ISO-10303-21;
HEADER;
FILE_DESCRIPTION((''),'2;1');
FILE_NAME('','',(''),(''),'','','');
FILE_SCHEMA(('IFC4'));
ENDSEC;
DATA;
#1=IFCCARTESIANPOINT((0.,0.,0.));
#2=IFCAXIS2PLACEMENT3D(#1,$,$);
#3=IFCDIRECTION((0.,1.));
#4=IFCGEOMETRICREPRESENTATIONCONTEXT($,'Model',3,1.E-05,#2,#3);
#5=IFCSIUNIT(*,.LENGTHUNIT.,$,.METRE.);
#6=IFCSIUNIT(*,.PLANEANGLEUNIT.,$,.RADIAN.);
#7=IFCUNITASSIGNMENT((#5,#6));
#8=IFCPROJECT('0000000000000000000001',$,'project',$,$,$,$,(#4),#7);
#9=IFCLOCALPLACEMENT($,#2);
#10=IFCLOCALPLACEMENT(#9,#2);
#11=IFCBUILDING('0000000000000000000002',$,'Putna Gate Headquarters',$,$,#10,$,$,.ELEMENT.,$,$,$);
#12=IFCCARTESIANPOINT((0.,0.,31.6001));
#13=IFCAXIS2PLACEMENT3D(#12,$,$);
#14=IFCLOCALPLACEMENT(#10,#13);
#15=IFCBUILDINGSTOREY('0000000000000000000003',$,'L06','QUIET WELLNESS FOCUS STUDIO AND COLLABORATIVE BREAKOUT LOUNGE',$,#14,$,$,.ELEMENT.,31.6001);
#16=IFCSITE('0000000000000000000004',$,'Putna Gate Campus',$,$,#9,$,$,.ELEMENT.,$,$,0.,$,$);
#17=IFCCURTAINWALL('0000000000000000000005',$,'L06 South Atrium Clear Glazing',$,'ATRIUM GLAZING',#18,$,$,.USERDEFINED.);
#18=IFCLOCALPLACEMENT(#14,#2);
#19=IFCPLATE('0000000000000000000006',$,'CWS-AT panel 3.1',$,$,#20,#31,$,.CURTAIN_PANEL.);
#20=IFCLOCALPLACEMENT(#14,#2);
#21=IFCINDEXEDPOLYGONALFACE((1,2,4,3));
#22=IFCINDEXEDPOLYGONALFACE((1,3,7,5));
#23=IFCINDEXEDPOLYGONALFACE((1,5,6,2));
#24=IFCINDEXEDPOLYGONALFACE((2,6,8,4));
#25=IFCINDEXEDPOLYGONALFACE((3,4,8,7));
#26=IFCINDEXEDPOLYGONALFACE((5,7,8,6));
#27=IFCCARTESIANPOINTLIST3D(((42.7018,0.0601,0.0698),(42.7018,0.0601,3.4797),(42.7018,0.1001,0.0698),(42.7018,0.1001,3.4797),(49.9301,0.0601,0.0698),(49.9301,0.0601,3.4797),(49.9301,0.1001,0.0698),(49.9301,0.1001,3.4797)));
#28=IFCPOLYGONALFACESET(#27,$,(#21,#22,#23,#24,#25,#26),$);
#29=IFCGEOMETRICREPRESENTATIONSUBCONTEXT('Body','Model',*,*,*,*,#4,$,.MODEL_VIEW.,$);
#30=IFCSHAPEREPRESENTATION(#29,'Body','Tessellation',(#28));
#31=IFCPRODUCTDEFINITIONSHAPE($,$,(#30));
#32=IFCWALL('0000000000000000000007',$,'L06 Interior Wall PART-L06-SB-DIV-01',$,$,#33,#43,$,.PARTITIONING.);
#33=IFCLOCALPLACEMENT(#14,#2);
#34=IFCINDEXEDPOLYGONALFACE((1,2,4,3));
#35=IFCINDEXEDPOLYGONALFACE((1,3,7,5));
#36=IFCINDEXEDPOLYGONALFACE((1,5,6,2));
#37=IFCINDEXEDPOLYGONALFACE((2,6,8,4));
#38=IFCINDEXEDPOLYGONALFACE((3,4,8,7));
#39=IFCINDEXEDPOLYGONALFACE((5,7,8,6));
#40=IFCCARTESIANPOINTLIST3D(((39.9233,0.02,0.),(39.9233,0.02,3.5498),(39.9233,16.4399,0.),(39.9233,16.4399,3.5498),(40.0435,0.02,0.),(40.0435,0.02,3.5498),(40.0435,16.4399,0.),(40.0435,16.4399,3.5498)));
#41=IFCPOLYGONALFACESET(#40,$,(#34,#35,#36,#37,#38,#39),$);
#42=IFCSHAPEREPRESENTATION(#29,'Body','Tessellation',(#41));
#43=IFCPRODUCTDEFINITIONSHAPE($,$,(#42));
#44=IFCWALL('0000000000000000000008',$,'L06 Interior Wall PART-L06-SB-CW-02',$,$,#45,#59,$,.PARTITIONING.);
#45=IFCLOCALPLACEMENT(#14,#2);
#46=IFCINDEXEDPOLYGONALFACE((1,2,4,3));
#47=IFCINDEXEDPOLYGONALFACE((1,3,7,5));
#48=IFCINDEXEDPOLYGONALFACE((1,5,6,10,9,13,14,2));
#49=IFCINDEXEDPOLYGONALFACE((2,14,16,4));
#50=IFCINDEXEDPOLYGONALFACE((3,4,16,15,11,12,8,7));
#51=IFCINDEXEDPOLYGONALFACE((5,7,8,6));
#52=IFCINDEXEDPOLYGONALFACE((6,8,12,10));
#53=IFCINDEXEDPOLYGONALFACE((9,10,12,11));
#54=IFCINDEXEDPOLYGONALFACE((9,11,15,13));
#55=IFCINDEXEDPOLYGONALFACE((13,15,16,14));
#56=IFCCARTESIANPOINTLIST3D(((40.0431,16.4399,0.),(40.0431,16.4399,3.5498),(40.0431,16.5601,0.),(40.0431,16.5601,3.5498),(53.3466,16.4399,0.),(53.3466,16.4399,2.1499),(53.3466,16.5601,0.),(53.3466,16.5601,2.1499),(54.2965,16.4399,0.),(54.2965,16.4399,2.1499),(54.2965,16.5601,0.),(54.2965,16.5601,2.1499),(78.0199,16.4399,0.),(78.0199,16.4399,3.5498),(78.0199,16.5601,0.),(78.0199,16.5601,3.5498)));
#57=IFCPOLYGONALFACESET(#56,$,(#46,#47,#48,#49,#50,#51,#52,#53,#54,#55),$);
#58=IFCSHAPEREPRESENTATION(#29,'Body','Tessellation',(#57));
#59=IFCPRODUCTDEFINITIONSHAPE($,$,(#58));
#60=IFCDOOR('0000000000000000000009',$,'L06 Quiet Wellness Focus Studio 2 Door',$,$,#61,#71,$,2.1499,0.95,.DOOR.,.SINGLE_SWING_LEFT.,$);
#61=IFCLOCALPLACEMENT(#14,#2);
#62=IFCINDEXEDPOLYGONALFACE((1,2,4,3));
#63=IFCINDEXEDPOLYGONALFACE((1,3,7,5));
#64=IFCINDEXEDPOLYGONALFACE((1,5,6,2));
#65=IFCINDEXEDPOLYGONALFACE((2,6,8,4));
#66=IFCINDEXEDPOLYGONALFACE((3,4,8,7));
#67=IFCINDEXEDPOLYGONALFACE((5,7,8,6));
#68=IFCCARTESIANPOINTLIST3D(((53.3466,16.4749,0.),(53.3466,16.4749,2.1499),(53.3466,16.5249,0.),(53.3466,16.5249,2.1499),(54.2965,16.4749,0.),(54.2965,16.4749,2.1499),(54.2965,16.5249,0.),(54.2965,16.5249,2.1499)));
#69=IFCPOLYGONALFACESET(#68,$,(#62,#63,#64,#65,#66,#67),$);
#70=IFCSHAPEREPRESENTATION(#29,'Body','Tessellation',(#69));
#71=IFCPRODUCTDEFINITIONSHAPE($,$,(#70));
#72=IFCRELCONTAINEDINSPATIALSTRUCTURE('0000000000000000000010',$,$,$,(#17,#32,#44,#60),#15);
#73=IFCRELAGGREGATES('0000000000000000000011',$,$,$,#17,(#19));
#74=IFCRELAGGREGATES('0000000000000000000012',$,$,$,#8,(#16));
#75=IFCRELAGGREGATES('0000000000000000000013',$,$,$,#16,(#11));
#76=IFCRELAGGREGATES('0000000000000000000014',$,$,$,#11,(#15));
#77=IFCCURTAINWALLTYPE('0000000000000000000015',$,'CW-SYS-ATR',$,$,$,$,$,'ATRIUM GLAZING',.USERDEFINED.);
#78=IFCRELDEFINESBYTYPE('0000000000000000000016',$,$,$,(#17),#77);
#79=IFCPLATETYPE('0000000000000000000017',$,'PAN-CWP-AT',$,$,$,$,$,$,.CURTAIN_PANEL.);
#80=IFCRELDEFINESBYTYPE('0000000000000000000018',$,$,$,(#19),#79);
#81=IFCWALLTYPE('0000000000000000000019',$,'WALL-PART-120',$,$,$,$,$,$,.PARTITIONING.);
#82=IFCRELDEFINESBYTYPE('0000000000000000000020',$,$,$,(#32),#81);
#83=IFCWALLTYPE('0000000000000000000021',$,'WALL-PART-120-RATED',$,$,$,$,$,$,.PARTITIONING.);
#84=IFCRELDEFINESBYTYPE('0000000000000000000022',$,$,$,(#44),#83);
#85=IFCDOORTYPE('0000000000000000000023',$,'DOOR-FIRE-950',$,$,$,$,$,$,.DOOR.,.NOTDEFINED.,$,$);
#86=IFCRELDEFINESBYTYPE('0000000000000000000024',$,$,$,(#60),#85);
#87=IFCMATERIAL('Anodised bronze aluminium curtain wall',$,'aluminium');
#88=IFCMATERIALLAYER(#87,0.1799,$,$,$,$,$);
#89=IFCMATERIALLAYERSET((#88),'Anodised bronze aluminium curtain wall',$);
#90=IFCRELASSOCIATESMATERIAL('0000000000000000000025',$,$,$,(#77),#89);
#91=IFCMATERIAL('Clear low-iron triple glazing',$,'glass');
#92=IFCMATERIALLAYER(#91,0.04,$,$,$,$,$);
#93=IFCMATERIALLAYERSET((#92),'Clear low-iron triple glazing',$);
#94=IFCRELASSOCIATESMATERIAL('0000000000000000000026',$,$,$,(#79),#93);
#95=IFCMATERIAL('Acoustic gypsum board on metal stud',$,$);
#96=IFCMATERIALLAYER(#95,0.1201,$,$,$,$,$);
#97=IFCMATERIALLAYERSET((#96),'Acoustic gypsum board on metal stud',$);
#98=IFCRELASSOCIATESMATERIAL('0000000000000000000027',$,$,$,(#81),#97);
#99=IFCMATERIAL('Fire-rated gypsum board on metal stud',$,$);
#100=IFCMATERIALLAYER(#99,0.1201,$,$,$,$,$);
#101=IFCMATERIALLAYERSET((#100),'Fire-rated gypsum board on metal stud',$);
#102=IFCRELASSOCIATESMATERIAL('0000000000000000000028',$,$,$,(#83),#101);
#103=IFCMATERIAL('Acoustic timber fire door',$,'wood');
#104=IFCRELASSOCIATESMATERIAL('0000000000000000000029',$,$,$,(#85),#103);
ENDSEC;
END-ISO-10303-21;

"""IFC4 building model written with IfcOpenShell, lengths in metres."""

from ifc_helpers import new_model, si_unit, direction, frame, frame_2d, origin, origin_2d, place, context, subcontext, project, spatial, rectangle, extrude, material, layer, layer_set, type_object, element, fill, aggregate, save


model = new_model("IFC4")

# Units and contexts
model_context = context("Model", 3, precision=1e-05, world=origin(), true_north=direction((0.0, 1.0)))
body_context = subcontext(model_context, "Body", "Model", "MODEL_VIEW")
ifc_project = project(units=[si_unit("LENGTHUNIT", "METRE"), si_unit("PLANEANGLEUNIT", "RADIAN")], contexts=[model_context])

# Site, building, storey
site_placement = place(None, origin())
site = spatial("IfcSite", under=ifc_project, at=site_placement, Name="Putna Gate Campus", CompositionType="ELEMENT", RefElevation=0.0)
building_placement = place(site_placement, origin())
building = spatial("IfcBuilding", under=site, at=building_placement, Name="Putna Gate Headquarters", CompositionType="ELEMENT")
storey_placement = place(building_placement, frame((0.0, 0.0, 31.6001)))
storey = spatial("IfcBuildingStorey", under=building, at=storey_placement, Name="L06", Description="QUIET WELLNESS FOCUS STUDIO AND COLLABORATIVE BREAKOUT LOUNGE", CompositionType="ELEMENT", Elevation=31.6001)

# Curtain wall, plate
ifc_material_1 = material(Name="Anodised bronze aluminium curtain wall", Category="aluminium")
ifc_layer_1 = layer(ifc_material_1, 0.1799)
ifc_layer_set_1 = layer_set([ifc_layer_1], Name="Anodised bronze aluminium curtain wall")
curtain_wall_type = type_object("IfcCurtainWallType", Name="CW-SYS-ATR", ElementType="ATRIUM GLAZING", PredefinedType="USERDEFINED", material=ifc_layer_set_1)
curtain_wall_placement = place(storey_placement, origin())
curtain_wall = element("IfcCurtainWall", 1, at=curtain_wall_placement, inside=storey, type_object=curtain_wall_type, Name="L06 South Atrium Clear Glazing", ObjectType="ATRIUM GLAZING", PredefinedType="USERDEFINED")
ifc_material_2 = material(Name="Clear low-iron triple glazing", Category="glass")
ifc_layer_2 = layer(ifc_material_2, 0.04)
ifc_layer_set_2 = layer_set([ifc_layer_2], Name="Clear low-iron triple glazing")
plate_type = type_object("IfcPlateType", Name="PAN-CWP-AT", PredefinedType="CURTAIN_PANEL", material=ifc_layer_set_2)
plate_1_placement = place(storey_placement, frame((46.3159, 0.0801, 0.0698), z_axis=(0.0, 0.0, 1.0), x_axis=(1.0, 0.0, 0.0)))
plate_1 = element("IfcPlate", 2, at=plate_1_placement, type_object=plate_type, Name="CWS-AT panel 3.1", PredefinedType="CURTAIN_PANEL", context=body_context, shape_type="SweptSolid", body=[
    extrude(rectangle(XDim=7.2283, YDim=0.04, at=origin_2d()), origin(), (0.0, 0.0, 1.0), 3.4099),
])
aggregate(curtain_wall, [plate_1])

# Wall
ifc_material_3 = material(Name="Acoustic gypsum board on metal stud")
ifc_layer_3 = layer(ifc_material_3, 0.1201)
ifc_layer_set_3 = layer_set([ifc_layer_3], Name="Acoustic gypsum board on metal stud")
wall_type_1 = type_object("IfcWallType", Name="WALL-PART-120", PredefinedType="PARTITIONING", material=ifc_layer_set_3)
wall_1_placement = place(storey_placement, frame((39.9834, 0.02, 0.0), z_axis=(0.0, 0.0, 1.0), x_axis=(0.0, 1.0, 0.0)))
element("IfcWall", 3, at=wall_1_placement, inside=storey, type_object=wall_type_1, Name="L06 Interior Wall PART-L06-SB-DIV-01", PredefinedType="PARTITIONING", context=body_context, shape_type="SweptSolid", body=[
    extrude(rectangle(XDim=16.4199, YDim=0.1201, at=frame_2d((8.21, 0.0))), origin(), (0.0, 0.0, 1.0), 3.5498),
])

# Wall, opening, door
ifc_material_4 = material(Name="Fire-rated gypsum board on metal stud")
ifc_layer_4 = layer(ifc_material_4, 0.1201)
ifc_layer_set_4 = layer_set([ifc_layer_4], Name="Fire-rated gypsum board on metal stud")
wall_type_2 = type_object("IfcWallType", Name="WALL-PART-120-RATED", PredefinedType="PARTITIONING", material=ifc_layer_set_4)
wall_2_placement = place(storey_placement, frame((40.0432, 16.5, 0.0), z_axis=(0.0, 0.0, 1.0), x_axis=(1.0, 0.0, 0.0)))
wall_2 = element("IfcWall", 4, at=wall_2_placement, inside=storey, type_object=wall_type_2, Name="L06 Interior Wall PART-L06-SB-CW-02", PredefinedType="PARTITIONING", context=body_context, shape_type="SweptSolid", body=[
    extrude(rectangle(XDim=37.9768, YDim=0.1201, at=frame_2d((18.9883, 0.0))), origin(), (0.0, 0.0, 1.0), 3.5498),
])
opening_placement = place(wall_2_placement, frame((13.3032, 0.0, 0.0)))
opening = element("IfcOpeningElement", 5, at=opening_placement, cuts=wall_2, PredefinedType="OPENING", context=body_context, shape_type="SweptSolid", body=[
    extrude(rectangle(XDim=0.95, YDim=2.1499, at=frame_2d((0.4751, 1.075))), frame((0.0, 0.0701, 0.0), z_axis=(0.0, -1.0, 0.0), x_axis=(1.0, 0.0, 0.0)), (0.0, 0.0, 1.0), 0.1401),
])
ifc_material_5 = material(Name="Acoustic timber fire door", Category="wood")
door_type = type_object("IfcDoorType", Name="DOOR-FIRE-950", OperationType="NOTDEFINED", PredefinedType="DOOR", material=ifc_material_5)
door_placement = place(opening_placement, origin())
door = element("IfcDoor", 6, at=door_placement, inside=storey, type_object=door_type, Name="L06 Quiet Wellness Focus Studio 2 Door", OperationType="SINGLE_SWING_LEFT", OverallHeight=2.1499, OverallWidth=0.95, PredefinedType="DOOR", context=body_context, shape_type="SweptSolid", body=[
    extrude(rectangle(XDim=0.95, YDim=2.1499, at=frame_2d((0.4751, 1.075))), frame((0.0, 0.0249, 0.0), z_axis=(0.0, -1.0, 0.0), x_axis=(1.0, 0.0, 0.0)), (0.0, 0.0, 1.0), 0.05),
])
fill(opening, door)

save(model, "model.ifc")
